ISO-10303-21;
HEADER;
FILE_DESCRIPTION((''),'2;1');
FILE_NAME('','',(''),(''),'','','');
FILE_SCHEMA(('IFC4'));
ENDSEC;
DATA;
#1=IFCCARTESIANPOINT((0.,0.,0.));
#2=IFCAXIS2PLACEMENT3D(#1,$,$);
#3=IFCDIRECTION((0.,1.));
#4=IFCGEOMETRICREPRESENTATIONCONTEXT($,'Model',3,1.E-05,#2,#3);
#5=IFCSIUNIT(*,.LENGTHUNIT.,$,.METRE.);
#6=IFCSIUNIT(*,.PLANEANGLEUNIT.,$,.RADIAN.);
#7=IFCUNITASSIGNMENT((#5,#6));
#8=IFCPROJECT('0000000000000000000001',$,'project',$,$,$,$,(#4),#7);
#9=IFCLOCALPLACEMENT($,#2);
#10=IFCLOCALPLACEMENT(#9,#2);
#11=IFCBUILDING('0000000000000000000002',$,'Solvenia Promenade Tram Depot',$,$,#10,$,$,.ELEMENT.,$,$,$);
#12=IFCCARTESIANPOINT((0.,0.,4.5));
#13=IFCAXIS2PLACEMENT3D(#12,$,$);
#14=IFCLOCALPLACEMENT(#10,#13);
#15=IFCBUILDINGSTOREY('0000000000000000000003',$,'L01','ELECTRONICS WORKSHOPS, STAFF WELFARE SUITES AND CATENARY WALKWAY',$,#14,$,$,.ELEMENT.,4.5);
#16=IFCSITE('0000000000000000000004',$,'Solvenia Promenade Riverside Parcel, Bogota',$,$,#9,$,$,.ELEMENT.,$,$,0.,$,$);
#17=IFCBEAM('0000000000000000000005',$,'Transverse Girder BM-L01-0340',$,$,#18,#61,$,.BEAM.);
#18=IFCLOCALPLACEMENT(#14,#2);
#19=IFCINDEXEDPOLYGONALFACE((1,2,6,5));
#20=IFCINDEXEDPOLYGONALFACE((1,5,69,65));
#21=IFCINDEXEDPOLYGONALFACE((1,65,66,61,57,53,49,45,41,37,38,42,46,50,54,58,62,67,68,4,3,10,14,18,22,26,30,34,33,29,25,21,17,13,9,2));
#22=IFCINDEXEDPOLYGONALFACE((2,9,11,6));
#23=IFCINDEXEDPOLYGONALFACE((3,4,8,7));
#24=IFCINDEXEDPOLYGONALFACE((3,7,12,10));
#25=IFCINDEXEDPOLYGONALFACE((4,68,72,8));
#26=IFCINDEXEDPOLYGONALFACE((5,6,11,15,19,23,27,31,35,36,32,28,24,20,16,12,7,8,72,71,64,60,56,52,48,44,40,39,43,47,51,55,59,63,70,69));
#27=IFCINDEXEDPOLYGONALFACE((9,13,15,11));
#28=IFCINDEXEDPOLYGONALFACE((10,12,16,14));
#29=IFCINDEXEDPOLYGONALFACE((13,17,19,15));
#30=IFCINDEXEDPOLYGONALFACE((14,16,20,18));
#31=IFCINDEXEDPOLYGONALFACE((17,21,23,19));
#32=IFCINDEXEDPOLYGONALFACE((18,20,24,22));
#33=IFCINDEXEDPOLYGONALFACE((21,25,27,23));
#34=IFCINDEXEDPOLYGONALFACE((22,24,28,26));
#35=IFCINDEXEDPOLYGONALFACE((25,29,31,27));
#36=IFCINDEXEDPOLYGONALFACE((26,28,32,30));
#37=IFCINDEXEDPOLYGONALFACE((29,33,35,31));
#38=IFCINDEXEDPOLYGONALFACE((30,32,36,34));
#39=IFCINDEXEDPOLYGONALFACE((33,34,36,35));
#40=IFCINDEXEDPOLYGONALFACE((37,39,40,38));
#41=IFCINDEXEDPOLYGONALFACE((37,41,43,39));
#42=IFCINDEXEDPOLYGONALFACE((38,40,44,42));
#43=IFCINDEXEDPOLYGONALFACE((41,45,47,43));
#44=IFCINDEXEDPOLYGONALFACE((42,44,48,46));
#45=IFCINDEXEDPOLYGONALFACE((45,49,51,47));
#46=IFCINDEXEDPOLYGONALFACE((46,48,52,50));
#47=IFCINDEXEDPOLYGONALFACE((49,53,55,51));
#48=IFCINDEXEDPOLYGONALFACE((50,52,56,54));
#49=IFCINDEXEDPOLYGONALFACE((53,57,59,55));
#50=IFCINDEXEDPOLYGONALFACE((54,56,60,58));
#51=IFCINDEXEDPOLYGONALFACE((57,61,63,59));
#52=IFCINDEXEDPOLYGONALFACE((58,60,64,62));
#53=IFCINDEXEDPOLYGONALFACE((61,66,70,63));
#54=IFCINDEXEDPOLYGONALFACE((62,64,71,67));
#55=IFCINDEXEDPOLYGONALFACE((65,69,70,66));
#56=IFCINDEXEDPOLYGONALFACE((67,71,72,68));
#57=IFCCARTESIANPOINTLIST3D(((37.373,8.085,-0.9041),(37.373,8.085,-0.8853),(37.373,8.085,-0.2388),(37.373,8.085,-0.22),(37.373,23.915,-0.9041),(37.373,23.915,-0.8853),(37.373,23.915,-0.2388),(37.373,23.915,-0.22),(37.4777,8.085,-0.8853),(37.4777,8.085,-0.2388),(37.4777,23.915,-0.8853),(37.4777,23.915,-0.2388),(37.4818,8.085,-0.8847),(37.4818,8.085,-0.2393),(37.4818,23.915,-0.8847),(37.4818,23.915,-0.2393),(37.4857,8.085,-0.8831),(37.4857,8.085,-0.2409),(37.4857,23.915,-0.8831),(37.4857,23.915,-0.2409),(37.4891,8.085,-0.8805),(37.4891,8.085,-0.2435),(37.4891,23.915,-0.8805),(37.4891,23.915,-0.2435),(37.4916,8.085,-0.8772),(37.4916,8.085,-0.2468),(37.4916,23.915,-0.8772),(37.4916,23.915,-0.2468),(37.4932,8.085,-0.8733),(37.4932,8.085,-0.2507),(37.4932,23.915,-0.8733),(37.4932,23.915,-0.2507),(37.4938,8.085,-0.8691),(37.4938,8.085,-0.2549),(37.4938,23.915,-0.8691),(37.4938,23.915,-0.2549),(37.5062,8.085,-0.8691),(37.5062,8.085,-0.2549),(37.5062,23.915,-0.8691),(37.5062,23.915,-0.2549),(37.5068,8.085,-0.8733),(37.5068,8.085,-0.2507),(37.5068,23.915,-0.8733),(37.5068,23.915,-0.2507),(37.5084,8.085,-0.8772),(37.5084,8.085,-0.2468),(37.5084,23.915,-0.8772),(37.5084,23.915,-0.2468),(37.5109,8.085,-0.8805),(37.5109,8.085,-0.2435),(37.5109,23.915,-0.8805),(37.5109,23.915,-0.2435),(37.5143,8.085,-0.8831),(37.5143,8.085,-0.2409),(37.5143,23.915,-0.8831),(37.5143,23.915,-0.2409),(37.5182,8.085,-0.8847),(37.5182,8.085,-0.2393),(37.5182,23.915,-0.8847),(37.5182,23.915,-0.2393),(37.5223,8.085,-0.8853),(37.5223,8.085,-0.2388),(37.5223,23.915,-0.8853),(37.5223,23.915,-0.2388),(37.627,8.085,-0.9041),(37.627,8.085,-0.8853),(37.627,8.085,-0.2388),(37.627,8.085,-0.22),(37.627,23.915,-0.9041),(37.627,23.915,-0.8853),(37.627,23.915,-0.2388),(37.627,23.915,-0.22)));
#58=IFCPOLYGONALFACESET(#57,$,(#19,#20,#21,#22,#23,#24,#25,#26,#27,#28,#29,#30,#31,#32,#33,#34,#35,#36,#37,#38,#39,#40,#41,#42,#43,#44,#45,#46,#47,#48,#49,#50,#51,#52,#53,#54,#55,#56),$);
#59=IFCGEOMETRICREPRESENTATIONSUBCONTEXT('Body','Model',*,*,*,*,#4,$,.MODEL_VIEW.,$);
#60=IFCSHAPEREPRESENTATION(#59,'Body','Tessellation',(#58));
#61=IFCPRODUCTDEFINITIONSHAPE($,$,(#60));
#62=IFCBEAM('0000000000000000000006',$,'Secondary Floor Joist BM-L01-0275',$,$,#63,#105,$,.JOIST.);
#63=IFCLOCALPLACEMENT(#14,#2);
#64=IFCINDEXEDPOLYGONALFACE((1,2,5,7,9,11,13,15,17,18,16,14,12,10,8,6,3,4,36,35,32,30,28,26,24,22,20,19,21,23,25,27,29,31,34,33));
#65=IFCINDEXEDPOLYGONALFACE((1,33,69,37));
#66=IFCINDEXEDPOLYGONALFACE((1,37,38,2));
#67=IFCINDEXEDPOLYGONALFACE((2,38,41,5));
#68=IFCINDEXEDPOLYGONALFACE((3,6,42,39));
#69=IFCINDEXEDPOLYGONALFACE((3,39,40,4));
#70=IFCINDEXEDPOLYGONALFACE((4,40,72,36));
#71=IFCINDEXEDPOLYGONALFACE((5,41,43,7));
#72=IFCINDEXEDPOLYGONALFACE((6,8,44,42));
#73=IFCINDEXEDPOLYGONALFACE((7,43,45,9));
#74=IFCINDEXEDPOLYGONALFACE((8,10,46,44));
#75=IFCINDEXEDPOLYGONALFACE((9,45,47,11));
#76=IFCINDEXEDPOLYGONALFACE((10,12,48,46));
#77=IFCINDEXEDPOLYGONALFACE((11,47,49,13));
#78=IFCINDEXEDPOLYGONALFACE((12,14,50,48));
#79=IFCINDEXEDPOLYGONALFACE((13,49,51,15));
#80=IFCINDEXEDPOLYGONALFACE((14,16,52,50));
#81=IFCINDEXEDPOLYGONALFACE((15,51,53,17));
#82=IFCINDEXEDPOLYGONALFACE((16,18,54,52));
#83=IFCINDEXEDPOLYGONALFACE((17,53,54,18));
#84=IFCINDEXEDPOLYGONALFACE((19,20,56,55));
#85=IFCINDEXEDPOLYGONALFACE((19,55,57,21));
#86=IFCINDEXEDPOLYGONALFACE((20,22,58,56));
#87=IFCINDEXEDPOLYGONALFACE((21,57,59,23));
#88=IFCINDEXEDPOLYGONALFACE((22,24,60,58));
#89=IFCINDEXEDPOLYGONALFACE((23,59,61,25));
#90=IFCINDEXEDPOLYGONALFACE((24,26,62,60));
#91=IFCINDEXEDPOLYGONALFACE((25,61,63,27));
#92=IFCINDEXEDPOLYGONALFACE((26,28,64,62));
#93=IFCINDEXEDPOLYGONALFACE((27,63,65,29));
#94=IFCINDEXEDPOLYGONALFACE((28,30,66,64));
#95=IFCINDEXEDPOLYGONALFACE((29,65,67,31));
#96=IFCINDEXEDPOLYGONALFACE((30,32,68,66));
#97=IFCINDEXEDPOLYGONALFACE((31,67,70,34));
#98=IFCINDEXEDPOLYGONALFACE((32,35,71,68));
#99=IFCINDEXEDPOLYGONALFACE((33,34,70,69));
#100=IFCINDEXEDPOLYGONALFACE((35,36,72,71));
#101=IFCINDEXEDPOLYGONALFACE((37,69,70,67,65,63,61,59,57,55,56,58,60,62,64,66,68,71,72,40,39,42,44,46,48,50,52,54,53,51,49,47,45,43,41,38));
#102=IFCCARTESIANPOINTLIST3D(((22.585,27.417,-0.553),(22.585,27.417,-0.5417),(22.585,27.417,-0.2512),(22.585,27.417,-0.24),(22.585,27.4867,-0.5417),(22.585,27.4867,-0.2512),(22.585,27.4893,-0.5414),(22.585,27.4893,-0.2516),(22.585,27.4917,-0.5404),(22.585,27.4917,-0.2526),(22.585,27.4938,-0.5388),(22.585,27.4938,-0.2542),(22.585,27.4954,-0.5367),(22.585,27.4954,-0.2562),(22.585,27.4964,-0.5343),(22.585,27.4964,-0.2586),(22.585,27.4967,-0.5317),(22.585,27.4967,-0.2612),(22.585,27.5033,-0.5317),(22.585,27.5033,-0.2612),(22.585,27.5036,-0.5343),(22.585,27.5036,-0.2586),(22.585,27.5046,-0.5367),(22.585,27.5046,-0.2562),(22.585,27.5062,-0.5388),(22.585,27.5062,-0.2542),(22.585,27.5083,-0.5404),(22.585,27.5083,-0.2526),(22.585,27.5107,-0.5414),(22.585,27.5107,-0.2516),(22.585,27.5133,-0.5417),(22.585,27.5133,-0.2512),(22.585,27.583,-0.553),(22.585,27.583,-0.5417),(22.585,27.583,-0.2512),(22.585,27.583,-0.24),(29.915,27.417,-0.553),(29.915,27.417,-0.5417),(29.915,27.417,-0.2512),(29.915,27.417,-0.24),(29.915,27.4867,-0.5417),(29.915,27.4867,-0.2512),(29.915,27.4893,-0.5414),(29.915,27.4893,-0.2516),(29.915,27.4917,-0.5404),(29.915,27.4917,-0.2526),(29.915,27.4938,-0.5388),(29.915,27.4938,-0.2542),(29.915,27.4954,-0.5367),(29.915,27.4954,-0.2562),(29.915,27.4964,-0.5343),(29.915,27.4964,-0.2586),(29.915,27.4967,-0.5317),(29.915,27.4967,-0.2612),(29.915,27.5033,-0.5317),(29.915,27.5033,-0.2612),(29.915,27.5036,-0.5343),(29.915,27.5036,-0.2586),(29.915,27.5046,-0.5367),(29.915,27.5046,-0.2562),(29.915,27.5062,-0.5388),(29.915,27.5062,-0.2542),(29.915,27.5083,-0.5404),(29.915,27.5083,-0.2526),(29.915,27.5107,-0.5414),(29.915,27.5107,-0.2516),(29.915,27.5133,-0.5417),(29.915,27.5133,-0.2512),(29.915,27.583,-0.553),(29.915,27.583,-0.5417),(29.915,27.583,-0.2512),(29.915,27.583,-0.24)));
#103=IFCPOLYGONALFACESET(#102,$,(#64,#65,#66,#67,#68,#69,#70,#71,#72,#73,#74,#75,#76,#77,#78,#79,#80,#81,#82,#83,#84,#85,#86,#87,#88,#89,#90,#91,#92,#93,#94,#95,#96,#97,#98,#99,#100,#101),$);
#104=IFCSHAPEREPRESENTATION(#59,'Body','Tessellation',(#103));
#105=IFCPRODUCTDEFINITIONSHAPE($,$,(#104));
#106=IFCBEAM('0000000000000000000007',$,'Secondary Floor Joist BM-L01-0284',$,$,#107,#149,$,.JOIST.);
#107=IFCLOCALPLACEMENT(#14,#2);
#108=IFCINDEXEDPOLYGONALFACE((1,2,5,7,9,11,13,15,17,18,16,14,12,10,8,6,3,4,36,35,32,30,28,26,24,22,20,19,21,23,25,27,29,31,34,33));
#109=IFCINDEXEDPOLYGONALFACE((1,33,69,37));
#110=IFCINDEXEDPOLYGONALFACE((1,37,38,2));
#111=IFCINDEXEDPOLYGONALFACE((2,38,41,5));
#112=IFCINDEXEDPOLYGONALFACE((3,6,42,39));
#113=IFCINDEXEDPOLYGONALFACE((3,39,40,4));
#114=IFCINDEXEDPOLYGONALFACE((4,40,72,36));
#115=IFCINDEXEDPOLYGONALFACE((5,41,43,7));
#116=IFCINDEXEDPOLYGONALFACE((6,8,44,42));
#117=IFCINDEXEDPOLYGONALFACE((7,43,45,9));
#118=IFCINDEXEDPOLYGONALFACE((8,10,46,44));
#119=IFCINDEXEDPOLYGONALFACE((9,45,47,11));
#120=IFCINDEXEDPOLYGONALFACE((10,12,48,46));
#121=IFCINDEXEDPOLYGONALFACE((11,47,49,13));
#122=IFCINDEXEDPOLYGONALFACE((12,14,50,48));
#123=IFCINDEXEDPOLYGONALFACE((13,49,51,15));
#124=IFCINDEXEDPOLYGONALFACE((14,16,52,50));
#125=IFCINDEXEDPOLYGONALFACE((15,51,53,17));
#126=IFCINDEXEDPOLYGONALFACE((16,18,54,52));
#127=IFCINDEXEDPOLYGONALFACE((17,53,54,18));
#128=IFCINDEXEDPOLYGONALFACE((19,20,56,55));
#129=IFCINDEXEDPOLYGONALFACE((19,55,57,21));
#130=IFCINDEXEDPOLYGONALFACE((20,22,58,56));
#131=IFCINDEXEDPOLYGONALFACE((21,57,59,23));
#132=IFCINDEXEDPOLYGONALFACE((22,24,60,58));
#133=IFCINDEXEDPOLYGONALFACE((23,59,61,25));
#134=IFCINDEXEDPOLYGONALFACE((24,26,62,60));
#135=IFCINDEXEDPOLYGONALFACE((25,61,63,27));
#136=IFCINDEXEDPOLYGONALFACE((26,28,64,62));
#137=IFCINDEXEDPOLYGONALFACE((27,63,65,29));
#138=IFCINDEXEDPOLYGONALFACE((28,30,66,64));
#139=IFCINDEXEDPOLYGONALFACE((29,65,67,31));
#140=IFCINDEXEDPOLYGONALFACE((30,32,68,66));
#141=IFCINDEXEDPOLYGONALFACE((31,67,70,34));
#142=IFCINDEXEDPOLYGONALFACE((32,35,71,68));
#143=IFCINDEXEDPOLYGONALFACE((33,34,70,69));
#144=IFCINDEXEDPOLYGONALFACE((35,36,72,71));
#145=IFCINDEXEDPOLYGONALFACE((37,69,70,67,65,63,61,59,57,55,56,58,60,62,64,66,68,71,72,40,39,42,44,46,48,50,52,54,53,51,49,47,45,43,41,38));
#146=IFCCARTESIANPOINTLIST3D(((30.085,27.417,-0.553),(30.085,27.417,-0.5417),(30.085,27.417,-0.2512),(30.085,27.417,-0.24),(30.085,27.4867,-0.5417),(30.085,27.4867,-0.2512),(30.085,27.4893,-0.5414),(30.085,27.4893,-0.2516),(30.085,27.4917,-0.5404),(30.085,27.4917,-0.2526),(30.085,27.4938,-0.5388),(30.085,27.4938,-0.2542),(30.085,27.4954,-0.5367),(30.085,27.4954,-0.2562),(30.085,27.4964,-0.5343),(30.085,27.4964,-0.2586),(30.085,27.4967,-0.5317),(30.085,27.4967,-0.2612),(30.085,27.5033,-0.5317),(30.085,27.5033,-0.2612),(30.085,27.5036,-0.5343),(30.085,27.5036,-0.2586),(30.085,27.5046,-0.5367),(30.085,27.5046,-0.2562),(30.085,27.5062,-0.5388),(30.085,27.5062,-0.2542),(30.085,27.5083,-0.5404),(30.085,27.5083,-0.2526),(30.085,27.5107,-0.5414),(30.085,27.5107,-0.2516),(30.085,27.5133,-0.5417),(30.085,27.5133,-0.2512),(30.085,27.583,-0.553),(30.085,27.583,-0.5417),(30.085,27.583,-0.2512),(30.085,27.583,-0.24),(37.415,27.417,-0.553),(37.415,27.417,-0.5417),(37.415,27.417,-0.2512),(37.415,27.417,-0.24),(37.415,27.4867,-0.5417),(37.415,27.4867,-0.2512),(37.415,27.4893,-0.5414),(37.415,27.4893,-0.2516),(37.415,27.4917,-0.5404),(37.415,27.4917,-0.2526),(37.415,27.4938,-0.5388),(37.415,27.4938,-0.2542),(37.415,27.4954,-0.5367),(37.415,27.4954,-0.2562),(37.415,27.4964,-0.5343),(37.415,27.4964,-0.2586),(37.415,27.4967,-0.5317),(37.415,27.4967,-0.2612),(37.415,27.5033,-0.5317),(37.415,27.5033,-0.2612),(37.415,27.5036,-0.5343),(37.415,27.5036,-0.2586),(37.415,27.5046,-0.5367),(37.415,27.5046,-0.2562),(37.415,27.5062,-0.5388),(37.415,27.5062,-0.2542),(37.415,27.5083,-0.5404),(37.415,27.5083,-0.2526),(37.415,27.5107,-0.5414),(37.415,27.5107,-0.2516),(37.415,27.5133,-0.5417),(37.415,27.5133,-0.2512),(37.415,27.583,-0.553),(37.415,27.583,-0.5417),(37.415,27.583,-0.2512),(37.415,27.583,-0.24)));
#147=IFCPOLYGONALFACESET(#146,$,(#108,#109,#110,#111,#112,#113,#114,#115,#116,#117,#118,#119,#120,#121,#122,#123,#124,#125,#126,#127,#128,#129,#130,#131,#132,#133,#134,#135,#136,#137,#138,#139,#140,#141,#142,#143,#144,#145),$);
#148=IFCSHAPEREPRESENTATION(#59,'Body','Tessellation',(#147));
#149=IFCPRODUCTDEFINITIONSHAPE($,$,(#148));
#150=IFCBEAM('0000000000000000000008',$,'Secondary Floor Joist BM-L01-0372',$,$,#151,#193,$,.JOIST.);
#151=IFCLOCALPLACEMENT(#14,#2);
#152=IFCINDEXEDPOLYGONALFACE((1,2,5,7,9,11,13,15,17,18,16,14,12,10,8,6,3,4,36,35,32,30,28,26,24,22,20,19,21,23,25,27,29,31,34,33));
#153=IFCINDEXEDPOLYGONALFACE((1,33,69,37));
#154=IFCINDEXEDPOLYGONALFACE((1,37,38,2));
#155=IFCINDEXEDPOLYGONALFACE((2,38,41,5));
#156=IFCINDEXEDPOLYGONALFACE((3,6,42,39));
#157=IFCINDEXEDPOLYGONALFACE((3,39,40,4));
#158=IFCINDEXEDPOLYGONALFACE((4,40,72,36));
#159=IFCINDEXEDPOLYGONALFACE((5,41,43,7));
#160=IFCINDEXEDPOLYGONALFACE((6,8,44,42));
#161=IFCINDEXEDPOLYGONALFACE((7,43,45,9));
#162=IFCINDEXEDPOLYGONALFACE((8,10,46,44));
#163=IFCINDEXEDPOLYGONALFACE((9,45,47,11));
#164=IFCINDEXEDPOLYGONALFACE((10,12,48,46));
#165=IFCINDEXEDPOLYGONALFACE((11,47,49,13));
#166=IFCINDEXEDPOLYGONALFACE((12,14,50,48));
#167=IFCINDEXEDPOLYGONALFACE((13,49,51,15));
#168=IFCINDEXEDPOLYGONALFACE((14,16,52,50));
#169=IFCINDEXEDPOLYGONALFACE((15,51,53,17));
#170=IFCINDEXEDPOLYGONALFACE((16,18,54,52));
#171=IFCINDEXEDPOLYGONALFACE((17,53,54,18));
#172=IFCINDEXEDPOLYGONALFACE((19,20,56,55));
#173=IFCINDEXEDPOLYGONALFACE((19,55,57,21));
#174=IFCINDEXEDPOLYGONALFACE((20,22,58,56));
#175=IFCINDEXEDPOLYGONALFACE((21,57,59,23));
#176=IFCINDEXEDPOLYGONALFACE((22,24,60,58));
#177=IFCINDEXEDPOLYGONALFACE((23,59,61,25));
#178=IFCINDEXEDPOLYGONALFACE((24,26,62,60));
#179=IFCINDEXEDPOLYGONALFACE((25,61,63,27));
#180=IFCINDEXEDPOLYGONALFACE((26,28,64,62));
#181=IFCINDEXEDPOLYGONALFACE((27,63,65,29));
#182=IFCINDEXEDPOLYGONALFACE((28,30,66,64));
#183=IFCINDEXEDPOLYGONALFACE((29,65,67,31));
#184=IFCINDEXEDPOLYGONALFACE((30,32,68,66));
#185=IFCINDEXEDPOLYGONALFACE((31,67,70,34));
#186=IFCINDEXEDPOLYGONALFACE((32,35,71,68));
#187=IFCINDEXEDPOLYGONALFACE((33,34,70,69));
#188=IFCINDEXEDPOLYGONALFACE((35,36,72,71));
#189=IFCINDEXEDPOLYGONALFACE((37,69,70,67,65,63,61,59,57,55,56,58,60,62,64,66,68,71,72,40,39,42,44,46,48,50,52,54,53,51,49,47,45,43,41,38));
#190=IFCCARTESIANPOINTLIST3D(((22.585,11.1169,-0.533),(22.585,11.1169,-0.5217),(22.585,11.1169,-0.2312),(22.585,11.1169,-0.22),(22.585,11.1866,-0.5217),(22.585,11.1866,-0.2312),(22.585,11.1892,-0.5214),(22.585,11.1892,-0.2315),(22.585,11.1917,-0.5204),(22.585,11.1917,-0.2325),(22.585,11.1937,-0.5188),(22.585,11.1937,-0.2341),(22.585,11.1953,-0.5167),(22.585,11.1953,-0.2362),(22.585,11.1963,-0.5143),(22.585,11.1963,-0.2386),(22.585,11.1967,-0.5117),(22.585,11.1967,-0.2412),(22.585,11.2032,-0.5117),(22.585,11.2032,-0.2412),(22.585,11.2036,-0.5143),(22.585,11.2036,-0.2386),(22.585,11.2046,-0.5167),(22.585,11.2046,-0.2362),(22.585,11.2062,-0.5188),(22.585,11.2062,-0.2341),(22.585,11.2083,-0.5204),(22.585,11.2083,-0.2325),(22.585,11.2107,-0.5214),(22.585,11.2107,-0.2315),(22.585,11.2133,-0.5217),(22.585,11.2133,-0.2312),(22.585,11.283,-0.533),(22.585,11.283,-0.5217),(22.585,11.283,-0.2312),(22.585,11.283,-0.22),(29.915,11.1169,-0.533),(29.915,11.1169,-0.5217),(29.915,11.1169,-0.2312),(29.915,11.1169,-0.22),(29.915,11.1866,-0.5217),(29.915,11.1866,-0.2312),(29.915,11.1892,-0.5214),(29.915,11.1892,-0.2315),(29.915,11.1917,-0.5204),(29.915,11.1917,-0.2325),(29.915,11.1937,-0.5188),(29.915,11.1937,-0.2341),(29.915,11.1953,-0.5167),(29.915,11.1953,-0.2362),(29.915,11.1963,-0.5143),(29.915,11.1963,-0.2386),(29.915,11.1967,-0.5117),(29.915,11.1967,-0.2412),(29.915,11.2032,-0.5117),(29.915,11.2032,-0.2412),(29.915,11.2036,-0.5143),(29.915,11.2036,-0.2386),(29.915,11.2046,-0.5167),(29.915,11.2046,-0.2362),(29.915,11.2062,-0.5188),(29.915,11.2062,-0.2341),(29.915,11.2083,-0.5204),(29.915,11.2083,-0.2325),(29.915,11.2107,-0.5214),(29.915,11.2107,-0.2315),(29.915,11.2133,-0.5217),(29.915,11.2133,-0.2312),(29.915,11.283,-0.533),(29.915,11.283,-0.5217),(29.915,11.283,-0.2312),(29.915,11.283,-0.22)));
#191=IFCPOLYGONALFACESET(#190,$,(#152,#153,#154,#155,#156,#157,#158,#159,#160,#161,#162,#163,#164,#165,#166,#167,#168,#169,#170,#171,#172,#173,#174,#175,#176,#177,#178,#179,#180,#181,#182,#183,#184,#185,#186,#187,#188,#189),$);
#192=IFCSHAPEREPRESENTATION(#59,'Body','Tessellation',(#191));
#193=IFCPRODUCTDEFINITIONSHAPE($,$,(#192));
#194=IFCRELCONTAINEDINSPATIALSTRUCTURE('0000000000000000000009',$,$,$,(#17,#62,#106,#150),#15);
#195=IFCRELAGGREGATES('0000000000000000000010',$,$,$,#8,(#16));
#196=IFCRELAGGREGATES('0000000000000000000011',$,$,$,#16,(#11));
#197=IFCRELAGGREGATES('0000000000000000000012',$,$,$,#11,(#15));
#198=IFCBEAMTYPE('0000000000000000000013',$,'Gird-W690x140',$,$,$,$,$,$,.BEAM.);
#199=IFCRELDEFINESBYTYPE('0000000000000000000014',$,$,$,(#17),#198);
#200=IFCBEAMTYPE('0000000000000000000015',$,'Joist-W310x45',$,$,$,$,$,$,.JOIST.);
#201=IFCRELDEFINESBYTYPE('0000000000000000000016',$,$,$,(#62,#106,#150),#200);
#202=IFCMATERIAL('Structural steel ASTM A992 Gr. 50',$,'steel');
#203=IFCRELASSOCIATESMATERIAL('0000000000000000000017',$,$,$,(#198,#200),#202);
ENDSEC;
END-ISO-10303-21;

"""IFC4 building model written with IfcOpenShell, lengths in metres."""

from ifc_helpers import new_model, si_unit, direction, frame, origin, origin_2d, place, context, subcontext, project, spatial, i_section, extrude, material, material_profile, profile_set, type_object, element, save


model = new_model("IFC4")

# Units and contexts
model_context = context("Model", 3, precision=1e-05, world=origin(), true_north=direction((0.0, 1.0)))
body_context = subcontext(model_context, "Body", "Model", "MODEL_VIEW")
ifc_project = project(units=[si_unit("LENGTHUNIT", "METRE"), si_unit("PLANEANGLEUNIT", "RADIAN")], contexts=[model_context])

# Site, building, storey
site_placement = place(None, origin())
site = spatial("IfcSite", under=ifc_project, at=site_placement, Name="Solvenia Promenade Riverside Parcel, Bogota", CompositionType="ELEMENT", RefElevation=0.0)
building_placement = place(site_placement, origin())
building = spatial("IfcBuilding", under=site, at=building_placement, Name="Solvenia Promenade Tram Depot", CompositionType="ELEMENT")
storey_placement = place(building_placement, frame((0.0, 0.0, 4.5)))
storey = spatial("IfcBuildingStorey", under=building, at=storey_placement, Name="L01", Description="ELECTRONICS WORKSHOPS, STAFF WELFARE SUITES AND CATENARY WALKWAY", CompositionType="ELEMENT", Elevation=4.5)

# Shared definitions
ifc_material_1 = material(Name="Structural steel ASTM A992 Gr. 50", Category="steel")

# Beams
ifc_material_profile_1 = material_profile(ifc_material_1, i_section(OverallWidth=0.2539, OverallDepth=0.6841, WebThickness=0.0125, FlangeThickness=0.0188, FilletRadius=0.0161, at=origin_2d()), Name="W690x140", Category="steel")
ifc_profile_set_1 = profile_set([ifc_material_profile_1], Name="Structural steel ASTM A992 Gr. 50")
beam_type_1 = type_object("IfcBeamType", Name="Gird-W690x140", PredefinedType="BEAM", material=ifc_profile_set_1)
for number, where, z_axis, x_axis, name in (
    (1, (37.5, 8.085, -0.562), (0.0, 1.0, 0.0), (-1.0, 0.0, 0.0), "Transverse Girder BM-L01-0340"),
):
    element("IfcBeam", number, at=place(storey_placement, frame(where, z_axis=z_axis, x_axis=x_axis)), inside=storey, type_object=beam_type_1, Name=name, PredefinedType="BEAM", context=body_context, shape_type="SweptSolid", body=[
        extrude(i_section(OverallWidth=0.2539, OverallDepth=0.6841, WebThickness=0.0125, FlangeThickness=0.0188, FilletRadius=0.0161, at=origin_2d()), origin(), (0.0, 0.0, 1.0), 15.8301),
    ])
ifc_material_profile_2 = material_profile(ifc_material_1, i_section(OverallWidth=0.166, OverallDepth=0.313, WebThickness=0.0066, FlangeThickness=0.0112, FilletRadius=0.01, at=origin_2d()), Name="W310x45", Category="steel")
ifc_profile_set_2 = profile_set([ifc_material_profile_2], Name="Structural steel ASTM A992 Gr. 50")
beam_type_2 = type_object("IfcBeamType", Name="Joist-W310x45", PredefinedType="JOIST", material=ifc_profile_set_2)
for number, where, z_axis, x_axis, name in (
    (2, (22.585, 27.5, -0.3965), (1.0, 0.0, 0.0), (0.0, 1.0, 0.0), "Secondary Floor Joist BM-L01-0275"),
    (3, (30.085, 27.5, -0.3965), (1.0, 0.0, 0.0), (0.0, 1.0, 0.0), "Secondary Floor Joist BM-L01-0284"),
    (4, (22.585, 11.2, -0.3765), (1.0, 0.0, 0.0), (0.0, 1.0, 0.0), "Secondary Floor Joist BM-L01-0372"),
):
    element("IfcBeam", number, at=place(storey_placement, frame(where, z_axis=z_axis, x_axis=x_axis)), inside=storey, type_object=beam_type_2, Name=name, PredefinedType="JOIST", context=body_context, shape_type="SweptSolid", body=[
        extrude(i_section(OverallWidth=0.166, OverallDepth=0.313, WebThickness=0.0066, FlangeThickness=0.0112, FilletRadius=0.01, at=origin_2d()), origin(), (0.0, 0.0, 1.0), 7.3301),
    ])

save(model, "model.ifc")
